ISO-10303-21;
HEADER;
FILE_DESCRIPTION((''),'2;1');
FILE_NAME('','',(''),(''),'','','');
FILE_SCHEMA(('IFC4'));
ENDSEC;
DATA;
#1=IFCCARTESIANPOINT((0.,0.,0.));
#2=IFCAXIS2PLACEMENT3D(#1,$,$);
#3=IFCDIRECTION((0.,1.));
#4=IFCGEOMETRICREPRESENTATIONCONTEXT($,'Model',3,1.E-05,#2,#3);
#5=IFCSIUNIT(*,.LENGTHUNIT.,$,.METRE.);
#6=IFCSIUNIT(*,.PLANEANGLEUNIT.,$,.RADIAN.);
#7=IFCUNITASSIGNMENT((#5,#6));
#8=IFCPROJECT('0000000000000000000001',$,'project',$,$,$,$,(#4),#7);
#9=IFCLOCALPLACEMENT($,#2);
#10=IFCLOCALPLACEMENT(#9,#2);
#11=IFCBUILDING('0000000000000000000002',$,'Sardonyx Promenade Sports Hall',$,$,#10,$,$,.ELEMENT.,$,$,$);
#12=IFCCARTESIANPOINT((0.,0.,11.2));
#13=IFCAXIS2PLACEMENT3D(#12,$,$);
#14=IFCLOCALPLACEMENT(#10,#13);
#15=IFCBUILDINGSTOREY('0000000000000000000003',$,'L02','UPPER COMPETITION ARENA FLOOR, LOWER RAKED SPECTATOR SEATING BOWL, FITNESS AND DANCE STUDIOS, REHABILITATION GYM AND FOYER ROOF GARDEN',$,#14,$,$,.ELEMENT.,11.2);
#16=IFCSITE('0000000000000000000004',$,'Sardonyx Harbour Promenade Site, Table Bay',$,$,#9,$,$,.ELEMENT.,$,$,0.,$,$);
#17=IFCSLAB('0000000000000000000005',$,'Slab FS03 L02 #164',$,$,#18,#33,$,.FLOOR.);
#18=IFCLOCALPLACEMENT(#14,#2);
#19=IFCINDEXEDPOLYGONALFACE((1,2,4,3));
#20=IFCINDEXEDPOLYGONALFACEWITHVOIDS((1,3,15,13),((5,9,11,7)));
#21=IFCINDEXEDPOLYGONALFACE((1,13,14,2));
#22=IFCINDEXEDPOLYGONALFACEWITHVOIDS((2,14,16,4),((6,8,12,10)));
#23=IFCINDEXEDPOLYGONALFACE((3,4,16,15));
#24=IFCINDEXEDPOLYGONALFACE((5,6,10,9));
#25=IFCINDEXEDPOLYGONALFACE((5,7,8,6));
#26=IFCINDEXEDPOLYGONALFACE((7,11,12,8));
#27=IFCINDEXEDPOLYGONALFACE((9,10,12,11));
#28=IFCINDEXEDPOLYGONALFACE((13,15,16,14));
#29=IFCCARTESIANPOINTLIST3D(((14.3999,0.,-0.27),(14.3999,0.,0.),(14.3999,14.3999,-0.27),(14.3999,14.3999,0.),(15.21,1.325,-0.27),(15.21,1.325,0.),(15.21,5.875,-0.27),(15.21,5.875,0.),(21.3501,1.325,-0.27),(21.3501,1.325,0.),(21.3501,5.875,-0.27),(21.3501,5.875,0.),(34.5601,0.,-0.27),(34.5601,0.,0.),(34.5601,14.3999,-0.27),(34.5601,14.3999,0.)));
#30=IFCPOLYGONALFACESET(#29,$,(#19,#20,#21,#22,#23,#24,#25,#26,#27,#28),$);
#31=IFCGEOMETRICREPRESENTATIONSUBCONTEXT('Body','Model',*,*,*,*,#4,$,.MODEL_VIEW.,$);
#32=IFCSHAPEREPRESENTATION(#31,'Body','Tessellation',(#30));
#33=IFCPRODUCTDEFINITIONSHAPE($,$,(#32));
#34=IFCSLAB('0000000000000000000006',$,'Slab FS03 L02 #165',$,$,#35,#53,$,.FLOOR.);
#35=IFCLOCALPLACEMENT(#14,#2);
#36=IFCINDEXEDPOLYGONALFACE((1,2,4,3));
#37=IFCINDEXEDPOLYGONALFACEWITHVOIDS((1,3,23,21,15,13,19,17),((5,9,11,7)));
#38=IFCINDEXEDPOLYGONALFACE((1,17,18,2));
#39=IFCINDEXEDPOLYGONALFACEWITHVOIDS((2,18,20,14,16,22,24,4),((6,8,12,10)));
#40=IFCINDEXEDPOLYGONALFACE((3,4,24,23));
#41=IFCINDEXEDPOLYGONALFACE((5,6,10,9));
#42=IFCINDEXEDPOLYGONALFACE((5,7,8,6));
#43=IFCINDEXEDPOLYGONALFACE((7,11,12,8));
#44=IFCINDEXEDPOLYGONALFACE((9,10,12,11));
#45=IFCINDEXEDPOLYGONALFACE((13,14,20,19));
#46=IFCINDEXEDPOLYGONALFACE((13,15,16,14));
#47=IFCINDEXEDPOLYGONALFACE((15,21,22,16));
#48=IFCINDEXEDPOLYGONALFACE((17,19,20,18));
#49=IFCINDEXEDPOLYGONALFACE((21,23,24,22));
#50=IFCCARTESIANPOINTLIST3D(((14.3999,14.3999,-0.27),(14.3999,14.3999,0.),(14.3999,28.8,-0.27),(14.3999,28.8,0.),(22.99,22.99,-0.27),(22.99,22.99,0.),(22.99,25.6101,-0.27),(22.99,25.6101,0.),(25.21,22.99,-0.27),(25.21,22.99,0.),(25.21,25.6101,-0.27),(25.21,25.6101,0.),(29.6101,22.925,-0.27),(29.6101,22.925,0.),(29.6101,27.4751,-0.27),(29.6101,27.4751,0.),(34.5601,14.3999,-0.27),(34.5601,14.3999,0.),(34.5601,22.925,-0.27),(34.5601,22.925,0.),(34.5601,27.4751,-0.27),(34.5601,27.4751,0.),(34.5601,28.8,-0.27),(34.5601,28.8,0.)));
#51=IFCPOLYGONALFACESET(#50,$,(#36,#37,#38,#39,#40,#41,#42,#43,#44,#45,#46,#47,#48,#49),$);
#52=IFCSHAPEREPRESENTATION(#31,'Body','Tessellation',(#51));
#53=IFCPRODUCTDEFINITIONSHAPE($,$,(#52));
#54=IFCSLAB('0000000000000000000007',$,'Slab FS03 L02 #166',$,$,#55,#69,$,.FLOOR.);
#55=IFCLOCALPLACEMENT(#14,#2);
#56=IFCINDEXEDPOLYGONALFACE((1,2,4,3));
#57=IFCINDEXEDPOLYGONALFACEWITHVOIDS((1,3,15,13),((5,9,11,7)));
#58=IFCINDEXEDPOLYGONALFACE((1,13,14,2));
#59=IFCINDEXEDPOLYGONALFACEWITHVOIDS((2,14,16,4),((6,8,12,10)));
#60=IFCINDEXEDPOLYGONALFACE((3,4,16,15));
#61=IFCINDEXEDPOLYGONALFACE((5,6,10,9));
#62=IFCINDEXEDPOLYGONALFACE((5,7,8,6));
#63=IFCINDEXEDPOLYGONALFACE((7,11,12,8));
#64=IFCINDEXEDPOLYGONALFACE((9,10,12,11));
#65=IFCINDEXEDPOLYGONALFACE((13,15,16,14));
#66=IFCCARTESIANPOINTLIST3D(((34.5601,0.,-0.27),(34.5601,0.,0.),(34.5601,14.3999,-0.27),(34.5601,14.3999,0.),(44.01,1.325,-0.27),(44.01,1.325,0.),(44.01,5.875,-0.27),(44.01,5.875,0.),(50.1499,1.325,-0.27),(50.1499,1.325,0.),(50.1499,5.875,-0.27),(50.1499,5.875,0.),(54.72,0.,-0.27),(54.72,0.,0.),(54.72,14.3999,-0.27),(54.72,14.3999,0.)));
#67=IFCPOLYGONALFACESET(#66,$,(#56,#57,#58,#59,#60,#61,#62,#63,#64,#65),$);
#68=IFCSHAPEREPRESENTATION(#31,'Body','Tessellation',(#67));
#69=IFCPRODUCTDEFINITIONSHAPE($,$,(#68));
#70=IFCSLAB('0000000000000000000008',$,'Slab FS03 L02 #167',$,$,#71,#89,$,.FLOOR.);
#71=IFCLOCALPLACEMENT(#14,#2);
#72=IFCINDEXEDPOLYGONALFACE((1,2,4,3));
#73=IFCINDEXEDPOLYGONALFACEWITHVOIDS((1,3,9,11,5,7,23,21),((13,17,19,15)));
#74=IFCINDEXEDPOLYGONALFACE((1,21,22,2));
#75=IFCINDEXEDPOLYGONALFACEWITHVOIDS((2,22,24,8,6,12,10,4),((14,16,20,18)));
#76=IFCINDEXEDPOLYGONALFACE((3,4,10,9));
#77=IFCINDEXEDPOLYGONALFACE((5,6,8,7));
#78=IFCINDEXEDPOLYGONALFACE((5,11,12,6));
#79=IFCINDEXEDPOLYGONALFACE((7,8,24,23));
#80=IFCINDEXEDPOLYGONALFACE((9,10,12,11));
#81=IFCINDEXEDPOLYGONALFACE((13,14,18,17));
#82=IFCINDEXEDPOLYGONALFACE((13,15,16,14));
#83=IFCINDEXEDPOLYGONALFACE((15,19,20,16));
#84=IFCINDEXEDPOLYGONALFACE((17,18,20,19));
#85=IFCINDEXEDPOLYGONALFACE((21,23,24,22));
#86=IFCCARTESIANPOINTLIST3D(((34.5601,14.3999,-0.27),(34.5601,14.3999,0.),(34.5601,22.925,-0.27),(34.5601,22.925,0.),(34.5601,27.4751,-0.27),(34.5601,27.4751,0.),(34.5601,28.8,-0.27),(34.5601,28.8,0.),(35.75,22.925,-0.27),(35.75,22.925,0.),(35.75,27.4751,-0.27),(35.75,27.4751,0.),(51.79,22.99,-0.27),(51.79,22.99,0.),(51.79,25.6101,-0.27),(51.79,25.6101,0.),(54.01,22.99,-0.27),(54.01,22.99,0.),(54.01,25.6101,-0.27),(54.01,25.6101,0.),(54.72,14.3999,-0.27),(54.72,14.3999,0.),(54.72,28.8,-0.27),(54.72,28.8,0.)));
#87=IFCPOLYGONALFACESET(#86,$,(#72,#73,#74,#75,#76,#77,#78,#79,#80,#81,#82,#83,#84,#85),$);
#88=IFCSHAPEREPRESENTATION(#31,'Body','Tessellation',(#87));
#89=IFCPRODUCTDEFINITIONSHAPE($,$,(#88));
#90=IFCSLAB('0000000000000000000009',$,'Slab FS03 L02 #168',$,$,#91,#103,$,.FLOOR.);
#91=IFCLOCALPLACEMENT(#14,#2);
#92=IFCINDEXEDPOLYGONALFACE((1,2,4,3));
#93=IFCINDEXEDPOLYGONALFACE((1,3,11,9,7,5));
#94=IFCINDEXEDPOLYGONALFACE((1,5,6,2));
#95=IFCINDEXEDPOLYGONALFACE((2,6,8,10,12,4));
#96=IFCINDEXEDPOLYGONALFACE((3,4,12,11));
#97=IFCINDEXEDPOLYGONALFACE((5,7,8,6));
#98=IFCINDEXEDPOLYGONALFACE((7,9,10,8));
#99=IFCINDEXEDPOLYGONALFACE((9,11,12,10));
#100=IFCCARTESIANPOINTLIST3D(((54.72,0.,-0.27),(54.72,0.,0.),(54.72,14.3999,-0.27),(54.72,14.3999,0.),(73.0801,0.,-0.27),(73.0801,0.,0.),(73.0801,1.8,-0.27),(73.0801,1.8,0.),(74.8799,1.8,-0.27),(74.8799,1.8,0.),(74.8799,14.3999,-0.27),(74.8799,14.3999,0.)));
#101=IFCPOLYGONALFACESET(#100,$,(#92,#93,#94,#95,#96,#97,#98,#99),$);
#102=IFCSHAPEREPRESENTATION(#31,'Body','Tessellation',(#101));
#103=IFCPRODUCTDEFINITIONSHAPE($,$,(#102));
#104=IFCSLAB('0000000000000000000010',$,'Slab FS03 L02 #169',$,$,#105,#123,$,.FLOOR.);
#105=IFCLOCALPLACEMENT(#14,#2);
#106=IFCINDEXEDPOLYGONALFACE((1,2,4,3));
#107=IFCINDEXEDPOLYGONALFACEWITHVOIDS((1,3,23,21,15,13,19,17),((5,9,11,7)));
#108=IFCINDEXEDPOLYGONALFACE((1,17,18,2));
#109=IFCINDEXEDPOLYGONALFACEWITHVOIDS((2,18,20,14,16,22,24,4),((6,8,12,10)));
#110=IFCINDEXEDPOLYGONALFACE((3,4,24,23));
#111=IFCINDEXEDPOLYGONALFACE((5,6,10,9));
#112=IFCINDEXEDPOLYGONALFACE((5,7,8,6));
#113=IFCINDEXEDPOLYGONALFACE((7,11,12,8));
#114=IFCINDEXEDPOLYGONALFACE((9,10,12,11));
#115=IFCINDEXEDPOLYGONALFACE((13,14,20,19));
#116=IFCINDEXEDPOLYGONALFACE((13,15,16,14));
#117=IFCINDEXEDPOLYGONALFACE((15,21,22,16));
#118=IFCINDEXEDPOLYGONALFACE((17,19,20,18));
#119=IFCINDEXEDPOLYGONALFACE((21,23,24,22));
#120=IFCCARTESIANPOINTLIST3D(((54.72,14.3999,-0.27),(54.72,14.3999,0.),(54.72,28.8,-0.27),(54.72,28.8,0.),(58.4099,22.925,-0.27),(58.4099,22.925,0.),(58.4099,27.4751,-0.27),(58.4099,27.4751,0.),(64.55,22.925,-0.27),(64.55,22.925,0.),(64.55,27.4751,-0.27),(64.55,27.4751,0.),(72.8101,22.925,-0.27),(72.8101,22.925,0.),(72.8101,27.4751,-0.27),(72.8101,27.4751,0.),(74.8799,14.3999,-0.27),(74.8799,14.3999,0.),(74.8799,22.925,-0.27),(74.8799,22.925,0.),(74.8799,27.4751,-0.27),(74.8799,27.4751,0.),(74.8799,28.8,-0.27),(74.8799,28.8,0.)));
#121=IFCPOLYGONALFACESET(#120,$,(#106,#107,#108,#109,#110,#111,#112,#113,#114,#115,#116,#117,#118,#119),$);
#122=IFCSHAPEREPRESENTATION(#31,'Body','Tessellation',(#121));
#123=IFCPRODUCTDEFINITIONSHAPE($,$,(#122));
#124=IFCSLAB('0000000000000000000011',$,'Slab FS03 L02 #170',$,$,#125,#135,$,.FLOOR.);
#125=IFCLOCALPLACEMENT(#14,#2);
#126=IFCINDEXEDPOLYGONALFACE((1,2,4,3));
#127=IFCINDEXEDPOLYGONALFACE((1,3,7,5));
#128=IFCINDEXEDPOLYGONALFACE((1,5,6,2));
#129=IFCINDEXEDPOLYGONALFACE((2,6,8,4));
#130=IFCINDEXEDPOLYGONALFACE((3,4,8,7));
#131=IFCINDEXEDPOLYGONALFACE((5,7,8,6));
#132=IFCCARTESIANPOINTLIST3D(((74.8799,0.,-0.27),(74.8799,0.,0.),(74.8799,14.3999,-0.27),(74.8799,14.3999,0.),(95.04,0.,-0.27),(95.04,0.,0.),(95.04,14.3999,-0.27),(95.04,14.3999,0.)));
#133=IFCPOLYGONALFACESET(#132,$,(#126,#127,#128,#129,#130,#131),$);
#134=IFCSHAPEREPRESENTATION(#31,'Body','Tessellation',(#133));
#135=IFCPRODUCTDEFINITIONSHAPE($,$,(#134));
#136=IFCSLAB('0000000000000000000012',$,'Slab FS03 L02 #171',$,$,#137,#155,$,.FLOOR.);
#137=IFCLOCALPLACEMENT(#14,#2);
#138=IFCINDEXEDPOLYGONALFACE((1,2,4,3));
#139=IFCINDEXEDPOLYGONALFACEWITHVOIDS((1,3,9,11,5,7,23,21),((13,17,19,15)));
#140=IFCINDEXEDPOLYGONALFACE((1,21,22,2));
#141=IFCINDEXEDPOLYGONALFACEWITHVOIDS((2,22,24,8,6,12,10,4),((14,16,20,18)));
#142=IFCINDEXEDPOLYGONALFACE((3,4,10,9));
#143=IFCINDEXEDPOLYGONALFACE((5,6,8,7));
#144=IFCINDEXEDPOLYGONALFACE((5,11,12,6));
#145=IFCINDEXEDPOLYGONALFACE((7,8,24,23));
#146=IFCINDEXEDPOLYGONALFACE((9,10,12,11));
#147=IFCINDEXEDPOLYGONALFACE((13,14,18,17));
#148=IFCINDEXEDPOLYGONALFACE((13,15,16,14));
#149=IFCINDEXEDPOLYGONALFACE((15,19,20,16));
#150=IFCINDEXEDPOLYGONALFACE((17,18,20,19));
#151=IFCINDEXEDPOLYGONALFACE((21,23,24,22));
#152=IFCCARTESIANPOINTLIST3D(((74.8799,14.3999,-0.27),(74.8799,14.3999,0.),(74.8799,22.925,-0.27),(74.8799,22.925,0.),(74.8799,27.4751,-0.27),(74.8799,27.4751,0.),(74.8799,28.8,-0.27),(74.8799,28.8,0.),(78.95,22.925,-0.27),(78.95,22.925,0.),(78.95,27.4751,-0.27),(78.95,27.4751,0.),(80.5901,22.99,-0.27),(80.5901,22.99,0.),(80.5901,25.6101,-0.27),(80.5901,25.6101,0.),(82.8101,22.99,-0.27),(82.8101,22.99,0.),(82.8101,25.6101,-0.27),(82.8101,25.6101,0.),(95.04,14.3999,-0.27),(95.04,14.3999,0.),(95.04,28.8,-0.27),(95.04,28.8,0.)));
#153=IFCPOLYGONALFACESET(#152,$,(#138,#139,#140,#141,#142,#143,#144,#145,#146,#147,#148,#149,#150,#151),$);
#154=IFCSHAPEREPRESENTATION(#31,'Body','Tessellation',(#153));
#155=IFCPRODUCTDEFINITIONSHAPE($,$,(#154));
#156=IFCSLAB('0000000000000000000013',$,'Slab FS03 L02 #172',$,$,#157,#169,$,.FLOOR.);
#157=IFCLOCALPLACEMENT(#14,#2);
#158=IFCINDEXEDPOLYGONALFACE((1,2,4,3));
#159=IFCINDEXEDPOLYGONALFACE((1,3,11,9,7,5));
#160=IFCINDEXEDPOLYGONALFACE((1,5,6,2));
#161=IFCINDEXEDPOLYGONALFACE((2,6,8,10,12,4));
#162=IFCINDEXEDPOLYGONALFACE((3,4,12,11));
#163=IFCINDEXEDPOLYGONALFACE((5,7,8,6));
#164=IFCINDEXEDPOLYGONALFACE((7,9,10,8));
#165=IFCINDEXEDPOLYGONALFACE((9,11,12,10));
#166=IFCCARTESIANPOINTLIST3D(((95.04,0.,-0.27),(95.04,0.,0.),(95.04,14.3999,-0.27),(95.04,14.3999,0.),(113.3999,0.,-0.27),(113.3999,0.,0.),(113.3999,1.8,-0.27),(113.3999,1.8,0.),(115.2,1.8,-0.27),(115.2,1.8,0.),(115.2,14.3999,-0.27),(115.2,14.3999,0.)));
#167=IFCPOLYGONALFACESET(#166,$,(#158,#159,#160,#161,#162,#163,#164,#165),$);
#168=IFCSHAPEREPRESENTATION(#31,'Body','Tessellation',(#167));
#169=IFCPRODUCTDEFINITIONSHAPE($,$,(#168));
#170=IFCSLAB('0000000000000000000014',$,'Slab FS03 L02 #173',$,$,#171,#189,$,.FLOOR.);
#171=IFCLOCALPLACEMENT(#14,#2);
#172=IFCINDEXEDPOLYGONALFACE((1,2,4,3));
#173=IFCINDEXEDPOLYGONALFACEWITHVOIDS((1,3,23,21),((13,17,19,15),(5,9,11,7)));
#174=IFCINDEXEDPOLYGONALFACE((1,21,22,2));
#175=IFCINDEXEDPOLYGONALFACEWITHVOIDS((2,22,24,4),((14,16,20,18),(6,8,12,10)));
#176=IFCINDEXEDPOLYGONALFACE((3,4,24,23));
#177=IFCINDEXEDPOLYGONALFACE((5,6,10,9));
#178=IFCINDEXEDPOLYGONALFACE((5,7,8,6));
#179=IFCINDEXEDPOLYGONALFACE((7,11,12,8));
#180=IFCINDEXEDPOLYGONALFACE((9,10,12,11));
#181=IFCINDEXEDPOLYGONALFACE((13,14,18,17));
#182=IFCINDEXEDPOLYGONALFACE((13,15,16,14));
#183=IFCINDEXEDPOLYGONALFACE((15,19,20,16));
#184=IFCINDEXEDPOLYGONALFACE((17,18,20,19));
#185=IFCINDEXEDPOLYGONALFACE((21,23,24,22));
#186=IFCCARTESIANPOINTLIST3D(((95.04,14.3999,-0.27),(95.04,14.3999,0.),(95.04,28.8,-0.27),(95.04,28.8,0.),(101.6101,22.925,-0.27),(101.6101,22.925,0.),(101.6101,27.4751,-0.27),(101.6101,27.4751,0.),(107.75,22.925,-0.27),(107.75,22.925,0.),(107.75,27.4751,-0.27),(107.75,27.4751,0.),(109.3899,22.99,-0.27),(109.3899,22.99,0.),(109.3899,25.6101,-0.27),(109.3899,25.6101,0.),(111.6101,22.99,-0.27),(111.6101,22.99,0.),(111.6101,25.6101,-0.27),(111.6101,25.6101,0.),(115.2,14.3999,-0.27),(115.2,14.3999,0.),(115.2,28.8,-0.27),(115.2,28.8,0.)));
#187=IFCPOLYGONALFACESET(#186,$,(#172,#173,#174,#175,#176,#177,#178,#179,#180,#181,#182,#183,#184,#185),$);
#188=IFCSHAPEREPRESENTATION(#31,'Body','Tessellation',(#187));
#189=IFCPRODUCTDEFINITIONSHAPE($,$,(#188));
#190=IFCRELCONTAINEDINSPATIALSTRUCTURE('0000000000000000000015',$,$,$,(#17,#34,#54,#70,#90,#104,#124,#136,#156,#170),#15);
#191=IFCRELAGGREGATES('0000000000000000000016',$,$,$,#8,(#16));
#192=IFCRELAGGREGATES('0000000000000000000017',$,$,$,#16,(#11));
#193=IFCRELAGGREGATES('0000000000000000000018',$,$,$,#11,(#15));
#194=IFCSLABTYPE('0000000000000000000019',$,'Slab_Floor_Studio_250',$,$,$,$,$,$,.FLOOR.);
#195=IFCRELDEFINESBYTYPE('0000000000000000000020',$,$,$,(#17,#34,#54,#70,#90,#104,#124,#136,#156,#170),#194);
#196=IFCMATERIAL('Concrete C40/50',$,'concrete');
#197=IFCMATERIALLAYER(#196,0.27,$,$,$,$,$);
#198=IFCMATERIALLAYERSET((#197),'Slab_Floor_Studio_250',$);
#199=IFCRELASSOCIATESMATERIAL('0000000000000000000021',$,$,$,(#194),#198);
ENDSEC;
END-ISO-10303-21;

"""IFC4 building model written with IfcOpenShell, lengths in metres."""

from ifc_helpers import new_model, si_unit, direction, frame, origin, place, context, subcontext, project, spatial, polyline, outline, extrude, material, layer, layer_set, type_object, element, save


model = new_model("IFC4")

# Units and contexts
model_context = context("Model", 3, precision=1e-05, world=origin(), true_north=direction((0.0, 1.0)))
body_context = subcontext(model_context, "Body", "Model", "MODEL_VIEW")
ifc_project = project(units=[si_unit("LENGTHUNIT", "METRE"), si_unit("PLANEANGLEUNIT", "RADIAN")], contexts=[model_context])

# Site, building, storey
site_placement = place(None, origin())
site = spatial("IfcSite", under=ifc_project, at=site_placement, Name="Sardonyx Harbour Promenade Site, Table Bay", CompositionType="ELEMENT", RefElevation=0.0)
building_placement = place(site_placement, origin())
building = spatial("IfcBuilding", under=site, at=building_placement, Name="Sardonyx Promenade Sports Hall", CompositionType="ELEMENT")
storey_placement = place(building_placement, frame((0.0, 0.0, 11.2)))
storey = spatial("IfcBuildingStorey", under=building, at=storey_placement, Name="L02", Description="UPPER COMPETITION ARENA FLOOR, LOWER RAKED SPECTATOR SEATING BOWL, FITNESS AND DANCE STUDIOS, REHABILITATION GYM AND FOYER ROOF GARDEN", CompositionType="ELEMENT", Elevation=11.2)

# Slabs
ifc_material_1 = material(Name="Concrete C40/50", Category="concrete")
ifc_layer_1 = layer(ifc_material_1, 0.27)
ifc_layer_set_1 = layer_set([ifc_layer_1], Name="Slab_Floor_Studio_250")
slab_type_1 = type_object("IfcSlabType", Name="Slab_Floor_Studio_250", PredefinedType="FLOOR", material=ifc_layer_set_1)
slab_1_placement = place(storey_placement, frame((0.0, 0.0, -0.27)))
element("IfcSlab", 1, at=slab_1_placement, inside=storey, type_object=slab_type_1, Name="Slab FS03 L02 #164", PredefinedType="FLOOR", context=body_context, shape_type="SweptSolid", body=[
    extrude(outline(polyline([(14.3999, 14.3999), (14.3999, 0.0), (34.5601, 0.0), (34.5601, 14.3999), (14.3999, 14.3999)]), holes=[polyline([(15.21, 5.875), (21.3501, 5.875), (21.3501, 1.325), (15.21, 1.325), (15.21, 5.875)])]), origin(), (0.0, 0.0, 1.0), 0.27),
])
slab_2_placement = place(storey_placement, frame((0.0, 0.0, -0.27)))
element("IfcSlab", 2, at=slab_2_placement, inside=storey, type_object=slab_type_1, Name="Slab FS03 L02 #165", PredefinedType="FLOOR", context=body_context, shape_type="SweptSolid", body=[
    extrude(outline(polyline([(34.5601, 14.3999), (34.5601, 22.925), (29.6101, 22.925), (29.6101, 27.4751), (34.5601, 27.4751), (34.5601, 28.8), (14.3999, 28.8), (14.3999, 14.3999), (34.5601, 14.3999)]), holes=[polyline([(25.21, 25.6101), (25.21, 22.99), (22.99, 22.99), (22.99, 25.6101), (25.21, 25.6101)])]), origin(), (0.0, 0.0, 1.0), 0.27),
])
slab_3_placement = place(storey_placement, frame((0.0, 0.0, -0.27)))
element("IfcSlab", 3, at=slab_3_placement, inside=storey, type_object=slab_type_1, Name="Slab FS03 L02 #166", PredefinedType="FLOOR", context=body_context, shape_type="SweptSolid", body=[
    extrude(outline(polyline([(34.5601, 14.3999), (34.5601, 0.0), (54.72, 0.0), (54.72, 14.3999), (34.5601, 14.3999)]), holes=[polyline([(50.1499, 5.875), (50.1499, 1.325), (44.01, 1.325), (44.01, 5.875), (50.1499, 5.875)])]), origin(), (0.0, 0.0, 1.0), 0.27),
])
slab_4_placement = place(storey_placement, frame((0.0, 0.0, -0.27)))
element("IfcSlab", 4, at=slab_4_placement, inside=storey, type_object=slab_type_1, Name="Slab FS03 L02 #167", PredefinedType="FLOOR", context=body_context, shape_type="SweptSolid", body=[
    extrude(outline(polyline([(34.5601, 28.8), (34.5601, 27.4751), (35.75, 27.4751), (35.75, 22.925), (34.5601, 22.925), (34.5601, 14.3999), (54.72, 14.3999), (54.72, 28.8), (34.5601, 28.8)]), holes=[polyline([(51.79, 25.6101), (54.01, 25.6101), (54.01, 22.99), (51.79, 22.99), (51.79, 25.6101)])]), origin(), (0.0, 0.0, 1.0), 0.27),
])
slab_5_placement = place(storey_placement, frame((0.0, 0.0, -0.27)))
element("IfcSlab", 5, at=slab_5_placement, inside=storey, type_object=slab_type_1, Name="Slab FS03 L02 #168", PredefinedType="FLOOR", context=body_context, shape_type="SweptSolid", body=[
    extrude(outline(polyline([(54.72, 0.0), (73.0801, 0.0), (73.0801, 1.8), (74.8799, 1.8), (74.8799, 14.3999), (54.72, 14.3999), (54.72, 0.0)])), origin(), (0.0, 0.0, 1.0), 0.27),
])
slab_6_placement = place(storey_placement, frame((0.0, 0.0, -0.27)))
element("IfcSlab", 6, at=slab_6_placement, inside=storey, type_object=slab_type_1, Name="Slab FS03 L02 #169", PredefinedType="FLOOR", context=body_context, shape_type="SweptSolid", body=[
    extrude(outline(polyline([(74.8799, 14.3999), (74.8799, 22.925), (72.8101, 22.925), (72.8101, 27.4751), (74.8799, 27.4751), (74.8799, 28.8), (54.72, 28.8), (54.72, 14.3999), (74.8799, 14.3999)]), holes=[polyline([(64.55, 27.4751), (64.55, 22.925), (58.4099, 22.925), (58.4099, 27.4751), (64.55, 27.4751)])]), origin(), (0.0, 0.0, 1.0), 0.27),
])
slab_7_placement = place(storey_placement, frame((0.0, 0.0, -0.27)))
element("IfcSlab", 7, at=slab_7_placement, inside=storey, type_object=slab_type_1, Name="Slab FS03 L02 #170", PredefinedType="FLOOR", context=body_context, shape_type="SweptSolid", body=[
    extrude(outline(polyline([(74.8799, 0.0), (95.04, 0.0), (95.04, 14.3999), (74.8799, 14.3999), (74.8799, 0.0)])), origin(), (0.0, 0.0, 1.0), 0.27),
])
slab_8_placement = place(storey_placement, frame((0.0, 0.0, -0.27)))
element("IfcSlab", 8, at=slab_8_placement, inside=storey, type_object=slab_type_1, Name="Slab FS03 L02 #171", PredefinedType="FLOOR", context=body_context, shape_type="SweptSolid", body=[
    extrude(outline(polyline([(74.8799, 28.8), (74.8799, 27.4751), (78.95, 27.4751), (78.95, 22.925), (74.8799, 22.925), (74.8799, 14.3999), (95.04, 14.3999), (95.04, 28.8), (74.8799, 28.8)]), holes=[polyline([(80.5901, 25.6101), (82.8101, 25.6101), (82.8101, 22.99), (80.5901, 22.99), (80.5901, 25.6101)])]), origin(), (0.0, 0.0, 1.0), 0.27),
])
slab_9_placement = place(storey_placement, frame((0.0, 0.0, -0.27)))
element("IfcSlab", 9, at=slab_9_placement, inside=storey, type_object=slab_type_1, Name="Slab FS03 L02 #172", PredefinedType="FLOOR", context=body_context, shape_type="SweptSolid", body=[
    extrude(outline(polyline([(95.04, 0.0), (113.3999, 0.0), (113.3999, 1.8), (115.2, 1.8), (115.2, 14.3999), (95.04, 14.3999), (95.04, 0.0)])), origin(), (0.0, 0.0, 1.0), 0.27),
])
slab_10_placement = place(storey_placement, frame((0.0, 0.0, -0.27)))
element("IfcSlab", 10, at=slab_10_placement, inside=storey, type_object=slab_type_1, Name="Slab FS03 L02 #173", PredefinedType="FLOOR", context=body_context, shape_type="SweptSolid", body=[
    extrude(outline(polyline([(95.04, 28.8), (95.04, 14.3999), (115.2, 14.3999), (115.2, 28.8), (95.04, 28.8)]), holes=[polyline([(111.6101, 25.6101), (111.6101, 22.99), (109.3899, 22.99), (109.3899, 25.6101), (111.6101, 25.6101)]), polyline([(107.75, 27.4751), (107.75, 22.925), (101.6101, 22.925), (101.6101, 27.4751), (107.75, 27.4751)])]), origin(), (0.0, 0.0, 1.0), 0.27),
])

save(model, "model.ifc")
